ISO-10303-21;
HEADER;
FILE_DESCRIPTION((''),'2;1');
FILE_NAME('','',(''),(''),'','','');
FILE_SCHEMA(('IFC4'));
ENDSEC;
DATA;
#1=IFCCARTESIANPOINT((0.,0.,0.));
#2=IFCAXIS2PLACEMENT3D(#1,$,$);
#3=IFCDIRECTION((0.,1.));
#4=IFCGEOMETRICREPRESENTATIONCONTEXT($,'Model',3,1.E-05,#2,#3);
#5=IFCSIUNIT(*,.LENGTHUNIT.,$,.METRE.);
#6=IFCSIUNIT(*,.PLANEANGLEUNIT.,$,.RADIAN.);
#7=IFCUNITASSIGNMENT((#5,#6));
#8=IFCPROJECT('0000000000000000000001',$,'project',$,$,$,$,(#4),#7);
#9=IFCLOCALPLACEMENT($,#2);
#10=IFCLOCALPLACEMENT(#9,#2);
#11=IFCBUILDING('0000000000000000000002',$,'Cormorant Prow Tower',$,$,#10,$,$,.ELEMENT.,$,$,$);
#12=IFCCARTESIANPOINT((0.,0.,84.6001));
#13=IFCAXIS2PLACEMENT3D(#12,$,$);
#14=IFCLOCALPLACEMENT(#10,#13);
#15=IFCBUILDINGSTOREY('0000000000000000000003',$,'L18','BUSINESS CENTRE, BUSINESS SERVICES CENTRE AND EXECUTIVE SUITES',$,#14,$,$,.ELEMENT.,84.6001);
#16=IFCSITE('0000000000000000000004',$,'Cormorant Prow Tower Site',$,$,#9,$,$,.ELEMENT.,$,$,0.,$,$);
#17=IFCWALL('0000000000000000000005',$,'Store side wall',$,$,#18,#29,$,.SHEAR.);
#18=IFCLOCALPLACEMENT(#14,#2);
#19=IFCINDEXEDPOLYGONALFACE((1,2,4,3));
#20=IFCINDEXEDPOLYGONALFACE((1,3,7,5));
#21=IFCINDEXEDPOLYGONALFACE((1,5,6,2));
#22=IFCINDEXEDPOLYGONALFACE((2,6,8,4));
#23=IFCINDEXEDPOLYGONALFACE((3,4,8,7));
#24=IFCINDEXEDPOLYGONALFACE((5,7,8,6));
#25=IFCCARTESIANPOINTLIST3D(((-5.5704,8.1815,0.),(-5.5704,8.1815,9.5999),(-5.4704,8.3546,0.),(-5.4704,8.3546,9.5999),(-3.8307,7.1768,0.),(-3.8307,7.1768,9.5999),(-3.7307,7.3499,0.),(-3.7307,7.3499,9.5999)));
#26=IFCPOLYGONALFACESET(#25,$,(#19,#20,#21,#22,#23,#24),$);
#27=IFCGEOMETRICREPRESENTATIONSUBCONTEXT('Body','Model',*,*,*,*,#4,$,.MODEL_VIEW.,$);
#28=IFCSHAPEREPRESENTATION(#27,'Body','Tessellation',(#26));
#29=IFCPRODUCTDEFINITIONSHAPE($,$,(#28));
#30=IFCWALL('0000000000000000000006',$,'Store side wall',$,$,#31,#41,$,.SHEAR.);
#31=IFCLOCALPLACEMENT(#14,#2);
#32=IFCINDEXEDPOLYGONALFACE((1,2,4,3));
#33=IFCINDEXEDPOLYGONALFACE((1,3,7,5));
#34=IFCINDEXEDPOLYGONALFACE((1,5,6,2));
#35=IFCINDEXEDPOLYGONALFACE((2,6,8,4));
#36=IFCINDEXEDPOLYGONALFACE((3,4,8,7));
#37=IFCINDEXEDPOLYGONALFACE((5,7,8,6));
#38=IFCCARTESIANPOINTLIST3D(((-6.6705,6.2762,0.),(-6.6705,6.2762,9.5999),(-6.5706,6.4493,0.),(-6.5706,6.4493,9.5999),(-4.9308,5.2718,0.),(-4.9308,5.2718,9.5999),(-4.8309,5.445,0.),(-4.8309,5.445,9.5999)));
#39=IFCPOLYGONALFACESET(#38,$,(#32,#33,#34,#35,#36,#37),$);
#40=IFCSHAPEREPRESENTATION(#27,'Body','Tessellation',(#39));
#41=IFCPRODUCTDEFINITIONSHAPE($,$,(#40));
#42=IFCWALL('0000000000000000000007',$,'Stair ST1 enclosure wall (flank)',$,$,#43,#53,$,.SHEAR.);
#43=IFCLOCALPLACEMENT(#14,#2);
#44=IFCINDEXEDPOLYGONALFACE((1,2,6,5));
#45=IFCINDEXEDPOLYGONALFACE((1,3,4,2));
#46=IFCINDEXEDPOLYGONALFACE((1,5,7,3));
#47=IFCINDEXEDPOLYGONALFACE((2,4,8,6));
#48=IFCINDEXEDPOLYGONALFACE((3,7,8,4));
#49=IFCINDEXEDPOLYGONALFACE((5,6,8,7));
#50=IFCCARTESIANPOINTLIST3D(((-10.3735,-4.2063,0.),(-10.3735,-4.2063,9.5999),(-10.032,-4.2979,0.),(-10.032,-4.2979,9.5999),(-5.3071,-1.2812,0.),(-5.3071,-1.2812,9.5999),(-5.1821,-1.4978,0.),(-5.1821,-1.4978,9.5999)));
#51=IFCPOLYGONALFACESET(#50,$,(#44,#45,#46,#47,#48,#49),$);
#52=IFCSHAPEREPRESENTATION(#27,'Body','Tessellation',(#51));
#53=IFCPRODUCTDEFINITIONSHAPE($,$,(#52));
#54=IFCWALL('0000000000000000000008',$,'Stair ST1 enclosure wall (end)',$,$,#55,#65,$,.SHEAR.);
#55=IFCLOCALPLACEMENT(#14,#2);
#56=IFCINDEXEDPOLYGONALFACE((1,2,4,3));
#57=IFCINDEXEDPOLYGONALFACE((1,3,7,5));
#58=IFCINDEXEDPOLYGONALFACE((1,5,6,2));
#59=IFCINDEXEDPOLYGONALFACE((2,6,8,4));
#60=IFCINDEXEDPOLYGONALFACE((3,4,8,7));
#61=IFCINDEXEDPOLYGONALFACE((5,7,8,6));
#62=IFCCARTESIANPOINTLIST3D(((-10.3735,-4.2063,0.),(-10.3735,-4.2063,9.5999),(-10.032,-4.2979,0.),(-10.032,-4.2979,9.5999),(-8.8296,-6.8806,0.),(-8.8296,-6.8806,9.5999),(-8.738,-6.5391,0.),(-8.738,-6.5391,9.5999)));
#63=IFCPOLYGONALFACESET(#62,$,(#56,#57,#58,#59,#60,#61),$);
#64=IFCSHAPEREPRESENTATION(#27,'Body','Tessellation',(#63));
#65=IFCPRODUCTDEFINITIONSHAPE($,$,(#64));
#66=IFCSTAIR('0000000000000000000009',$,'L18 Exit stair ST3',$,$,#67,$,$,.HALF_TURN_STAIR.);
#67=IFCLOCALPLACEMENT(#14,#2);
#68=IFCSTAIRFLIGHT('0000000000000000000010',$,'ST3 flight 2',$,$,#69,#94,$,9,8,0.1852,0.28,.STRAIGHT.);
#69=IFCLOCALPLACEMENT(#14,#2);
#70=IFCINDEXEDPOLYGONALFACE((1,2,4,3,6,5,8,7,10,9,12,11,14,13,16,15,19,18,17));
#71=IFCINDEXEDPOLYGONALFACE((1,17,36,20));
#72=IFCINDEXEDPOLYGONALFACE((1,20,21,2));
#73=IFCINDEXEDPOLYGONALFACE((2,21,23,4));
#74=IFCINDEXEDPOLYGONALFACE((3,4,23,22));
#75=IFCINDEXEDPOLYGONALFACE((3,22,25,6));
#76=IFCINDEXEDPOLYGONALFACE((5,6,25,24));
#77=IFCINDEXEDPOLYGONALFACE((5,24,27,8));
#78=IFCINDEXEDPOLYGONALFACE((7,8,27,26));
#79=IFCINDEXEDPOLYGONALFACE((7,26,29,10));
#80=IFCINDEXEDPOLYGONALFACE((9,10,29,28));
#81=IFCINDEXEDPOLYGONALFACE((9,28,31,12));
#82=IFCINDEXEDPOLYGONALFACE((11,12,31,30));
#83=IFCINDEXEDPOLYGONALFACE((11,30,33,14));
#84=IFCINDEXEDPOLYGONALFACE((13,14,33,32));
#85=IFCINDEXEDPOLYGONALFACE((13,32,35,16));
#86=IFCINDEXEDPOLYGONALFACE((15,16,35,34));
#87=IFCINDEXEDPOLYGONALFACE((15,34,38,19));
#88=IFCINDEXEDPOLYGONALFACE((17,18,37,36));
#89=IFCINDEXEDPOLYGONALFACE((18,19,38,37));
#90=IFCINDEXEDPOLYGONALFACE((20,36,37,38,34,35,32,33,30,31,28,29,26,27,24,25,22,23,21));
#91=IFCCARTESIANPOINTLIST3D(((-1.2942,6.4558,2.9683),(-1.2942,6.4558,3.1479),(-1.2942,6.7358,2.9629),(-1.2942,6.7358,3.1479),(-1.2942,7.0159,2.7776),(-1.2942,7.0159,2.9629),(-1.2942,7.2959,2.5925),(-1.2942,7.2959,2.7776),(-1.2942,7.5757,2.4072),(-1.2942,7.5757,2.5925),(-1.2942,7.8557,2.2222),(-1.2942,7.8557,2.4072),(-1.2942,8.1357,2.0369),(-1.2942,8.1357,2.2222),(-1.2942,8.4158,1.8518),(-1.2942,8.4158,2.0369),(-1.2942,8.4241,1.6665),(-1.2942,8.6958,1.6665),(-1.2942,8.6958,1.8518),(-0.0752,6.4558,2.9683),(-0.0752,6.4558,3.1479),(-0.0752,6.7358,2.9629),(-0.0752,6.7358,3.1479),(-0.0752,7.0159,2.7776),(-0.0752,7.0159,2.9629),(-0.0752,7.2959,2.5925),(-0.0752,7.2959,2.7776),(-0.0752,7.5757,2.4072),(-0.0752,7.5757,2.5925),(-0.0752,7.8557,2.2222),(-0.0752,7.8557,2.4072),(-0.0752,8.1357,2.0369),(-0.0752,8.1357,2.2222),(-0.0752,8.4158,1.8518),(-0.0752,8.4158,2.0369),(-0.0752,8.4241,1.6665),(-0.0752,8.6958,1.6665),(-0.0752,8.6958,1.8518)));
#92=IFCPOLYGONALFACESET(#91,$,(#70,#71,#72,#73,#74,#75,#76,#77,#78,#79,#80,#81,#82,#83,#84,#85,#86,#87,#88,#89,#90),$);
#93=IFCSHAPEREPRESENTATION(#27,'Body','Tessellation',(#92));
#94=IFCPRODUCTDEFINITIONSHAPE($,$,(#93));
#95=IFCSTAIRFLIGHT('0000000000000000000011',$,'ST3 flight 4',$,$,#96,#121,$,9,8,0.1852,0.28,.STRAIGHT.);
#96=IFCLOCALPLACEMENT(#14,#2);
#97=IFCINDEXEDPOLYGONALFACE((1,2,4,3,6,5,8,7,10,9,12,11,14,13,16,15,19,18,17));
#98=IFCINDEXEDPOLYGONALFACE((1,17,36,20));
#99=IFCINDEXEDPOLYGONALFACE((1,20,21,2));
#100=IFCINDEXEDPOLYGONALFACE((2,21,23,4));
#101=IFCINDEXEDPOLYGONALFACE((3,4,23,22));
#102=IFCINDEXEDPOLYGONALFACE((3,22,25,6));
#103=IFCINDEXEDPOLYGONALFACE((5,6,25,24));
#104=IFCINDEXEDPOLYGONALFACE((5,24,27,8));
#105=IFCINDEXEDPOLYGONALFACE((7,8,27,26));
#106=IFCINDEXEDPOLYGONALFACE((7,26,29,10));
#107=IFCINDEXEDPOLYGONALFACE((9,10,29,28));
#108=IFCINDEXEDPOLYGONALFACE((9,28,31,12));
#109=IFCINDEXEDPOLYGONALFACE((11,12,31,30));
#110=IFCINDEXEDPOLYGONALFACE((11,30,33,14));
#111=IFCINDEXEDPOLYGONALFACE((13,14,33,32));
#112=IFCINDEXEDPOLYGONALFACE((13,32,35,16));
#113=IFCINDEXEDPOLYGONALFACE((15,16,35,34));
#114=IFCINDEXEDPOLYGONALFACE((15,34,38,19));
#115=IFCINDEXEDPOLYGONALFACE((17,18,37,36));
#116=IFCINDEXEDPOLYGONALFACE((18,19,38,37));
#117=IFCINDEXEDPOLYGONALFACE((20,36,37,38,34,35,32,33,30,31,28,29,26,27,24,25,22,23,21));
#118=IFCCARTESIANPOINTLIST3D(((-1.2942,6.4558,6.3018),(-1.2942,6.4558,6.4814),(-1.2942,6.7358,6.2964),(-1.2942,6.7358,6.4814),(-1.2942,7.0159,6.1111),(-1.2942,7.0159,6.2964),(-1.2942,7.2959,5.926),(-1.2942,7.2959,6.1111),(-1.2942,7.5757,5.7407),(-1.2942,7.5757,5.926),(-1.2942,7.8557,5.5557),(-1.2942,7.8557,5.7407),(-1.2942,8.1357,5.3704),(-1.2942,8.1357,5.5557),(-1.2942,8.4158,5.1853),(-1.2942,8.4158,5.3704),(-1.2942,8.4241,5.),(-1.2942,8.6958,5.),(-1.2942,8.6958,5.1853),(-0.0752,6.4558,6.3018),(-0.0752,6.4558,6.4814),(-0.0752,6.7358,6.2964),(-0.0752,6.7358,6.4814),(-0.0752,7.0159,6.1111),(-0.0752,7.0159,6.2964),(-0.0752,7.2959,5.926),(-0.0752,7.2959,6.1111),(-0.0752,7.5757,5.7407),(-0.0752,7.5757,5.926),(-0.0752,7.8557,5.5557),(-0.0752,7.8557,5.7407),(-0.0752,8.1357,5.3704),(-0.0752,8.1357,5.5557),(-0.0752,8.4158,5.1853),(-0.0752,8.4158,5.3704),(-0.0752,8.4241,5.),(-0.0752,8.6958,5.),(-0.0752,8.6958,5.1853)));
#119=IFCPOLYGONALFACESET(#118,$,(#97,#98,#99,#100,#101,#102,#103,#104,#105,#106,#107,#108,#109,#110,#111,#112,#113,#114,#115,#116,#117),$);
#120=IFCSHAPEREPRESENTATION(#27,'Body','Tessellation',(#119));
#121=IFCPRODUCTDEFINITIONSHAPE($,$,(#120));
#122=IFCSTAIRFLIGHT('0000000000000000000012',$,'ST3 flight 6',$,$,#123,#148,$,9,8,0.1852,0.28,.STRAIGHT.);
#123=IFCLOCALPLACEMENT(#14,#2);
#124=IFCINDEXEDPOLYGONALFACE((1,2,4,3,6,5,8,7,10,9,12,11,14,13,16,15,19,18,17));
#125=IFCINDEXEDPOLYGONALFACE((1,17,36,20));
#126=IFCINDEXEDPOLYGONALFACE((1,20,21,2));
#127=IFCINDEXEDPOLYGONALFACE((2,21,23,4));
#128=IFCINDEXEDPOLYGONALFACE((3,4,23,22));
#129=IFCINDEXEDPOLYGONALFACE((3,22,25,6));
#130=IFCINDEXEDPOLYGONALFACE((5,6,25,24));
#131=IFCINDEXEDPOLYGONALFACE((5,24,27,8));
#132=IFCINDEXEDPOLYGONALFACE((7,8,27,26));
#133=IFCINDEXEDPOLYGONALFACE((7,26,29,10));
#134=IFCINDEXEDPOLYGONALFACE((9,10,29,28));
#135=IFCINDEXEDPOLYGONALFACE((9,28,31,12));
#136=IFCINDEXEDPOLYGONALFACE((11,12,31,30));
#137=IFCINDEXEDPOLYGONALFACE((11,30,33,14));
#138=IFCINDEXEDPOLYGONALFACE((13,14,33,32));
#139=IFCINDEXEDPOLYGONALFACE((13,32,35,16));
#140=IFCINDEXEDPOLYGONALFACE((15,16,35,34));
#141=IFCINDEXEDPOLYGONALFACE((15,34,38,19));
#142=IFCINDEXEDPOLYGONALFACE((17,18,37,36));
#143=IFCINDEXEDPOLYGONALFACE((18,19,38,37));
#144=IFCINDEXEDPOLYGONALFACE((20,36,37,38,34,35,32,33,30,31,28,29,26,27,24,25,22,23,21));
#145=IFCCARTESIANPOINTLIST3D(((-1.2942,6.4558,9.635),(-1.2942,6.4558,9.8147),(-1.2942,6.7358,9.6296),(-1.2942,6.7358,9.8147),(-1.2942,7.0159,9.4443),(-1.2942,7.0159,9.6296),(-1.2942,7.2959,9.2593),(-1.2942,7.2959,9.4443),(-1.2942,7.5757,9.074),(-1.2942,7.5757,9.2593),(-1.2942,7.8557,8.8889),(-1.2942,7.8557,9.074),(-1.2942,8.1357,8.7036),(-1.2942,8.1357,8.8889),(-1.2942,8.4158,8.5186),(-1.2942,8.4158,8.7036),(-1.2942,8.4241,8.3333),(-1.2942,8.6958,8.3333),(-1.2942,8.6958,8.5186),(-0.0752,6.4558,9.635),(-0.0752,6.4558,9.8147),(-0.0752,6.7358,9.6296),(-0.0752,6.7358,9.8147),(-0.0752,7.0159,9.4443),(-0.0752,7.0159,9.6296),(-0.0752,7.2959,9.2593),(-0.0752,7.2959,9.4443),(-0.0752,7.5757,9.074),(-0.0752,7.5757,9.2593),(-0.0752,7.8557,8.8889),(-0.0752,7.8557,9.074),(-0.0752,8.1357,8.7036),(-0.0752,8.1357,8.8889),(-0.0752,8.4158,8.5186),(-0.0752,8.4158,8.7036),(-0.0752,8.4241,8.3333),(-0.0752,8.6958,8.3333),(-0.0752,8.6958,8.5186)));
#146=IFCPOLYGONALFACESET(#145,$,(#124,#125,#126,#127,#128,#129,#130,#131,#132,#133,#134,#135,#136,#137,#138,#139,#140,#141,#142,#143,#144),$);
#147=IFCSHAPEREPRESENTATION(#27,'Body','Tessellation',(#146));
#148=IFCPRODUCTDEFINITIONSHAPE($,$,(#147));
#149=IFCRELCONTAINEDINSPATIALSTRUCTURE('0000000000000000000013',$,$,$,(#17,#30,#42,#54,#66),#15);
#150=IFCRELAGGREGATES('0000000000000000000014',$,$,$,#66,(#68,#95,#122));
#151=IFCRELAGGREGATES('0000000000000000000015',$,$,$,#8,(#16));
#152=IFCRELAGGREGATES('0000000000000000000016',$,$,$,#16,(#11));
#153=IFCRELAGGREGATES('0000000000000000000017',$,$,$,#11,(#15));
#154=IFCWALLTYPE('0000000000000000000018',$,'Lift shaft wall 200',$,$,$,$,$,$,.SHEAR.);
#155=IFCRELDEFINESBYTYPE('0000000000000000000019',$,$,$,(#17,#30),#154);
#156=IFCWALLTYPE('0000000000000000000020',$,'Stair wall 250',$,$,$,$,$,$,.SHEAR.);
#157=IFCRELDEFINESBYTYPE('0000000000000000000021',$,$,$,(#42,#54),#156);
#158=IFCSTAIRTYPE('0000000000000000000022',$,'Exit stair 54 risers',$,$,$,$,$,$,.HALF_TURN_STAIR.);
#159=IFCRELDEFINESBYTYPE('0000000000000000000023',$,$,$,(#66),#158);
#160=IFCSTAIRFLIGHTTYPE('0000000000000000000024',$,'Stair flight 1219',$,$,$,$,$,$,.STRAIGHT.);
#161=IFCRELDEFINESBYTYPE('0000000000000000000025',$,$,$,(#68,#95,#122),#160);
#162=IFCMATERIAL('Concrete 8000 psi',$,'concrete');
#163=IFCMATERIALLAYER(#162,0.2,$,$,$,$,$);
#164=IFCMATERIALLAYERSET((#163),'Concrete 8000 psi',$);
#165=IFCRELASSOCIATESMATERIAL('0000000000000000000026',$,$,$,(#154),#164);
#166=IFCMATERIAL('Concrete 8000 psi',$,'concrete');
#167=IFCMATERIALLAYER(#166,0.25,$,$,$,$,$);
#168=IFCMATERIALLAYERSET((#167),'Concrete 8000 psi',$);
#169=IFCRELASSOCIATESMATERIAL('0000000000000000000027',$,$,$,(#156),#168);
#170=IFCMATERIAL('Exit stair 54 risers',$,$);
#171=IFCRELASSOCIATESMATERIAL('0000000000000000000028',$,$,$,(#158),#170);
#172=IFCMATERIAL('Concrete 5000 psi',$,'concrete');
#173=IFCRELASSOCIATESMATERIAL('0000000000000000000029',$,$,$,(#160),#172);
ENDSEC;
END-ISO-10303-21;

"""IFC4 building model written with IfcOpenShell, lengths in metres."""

from ifc_helpers import new_model, si_unit, direction, frame, frame_2d, origin, place, context, subcontext, project, spatial, polyline, rectangle, outline, extrude, material, layer, layer_set, type_object, element, aggregate, save


model = new_model("IFC4")

# Units and contexts
model_context = context("Model", 3, precision=1e-05, world=origin(), true_north=direction((0.0, 1.0)))
body_context = subcontext(model_context, "Body", "Model", "MODEL_VIEW")
ifc_project = project(units=[si_unit("LENGTHUNIT", "METRE"), si_unit("PLANEANGLEUNIT", "RADIAN")], contexts=[model_context])

# Site, building, storey
site_placement = place(None, origin())
site = spatial("IfcSite", under=ifc_project, at=site_placement, Name="Cormorant Prow Tower Site", CompositionType="ELEMENT", RefElevation=0.0)
building_placement = place(site_placement, origin())
building = spatial("IfcBuilding", under=site, at=building_placement, Name="Cormorant Prow Tower", CompositionType="ELEMENT")
storey_placement = place(building_placement, frame((0.0, 0.0, 84.6001)))
storey = spatial("IfcBuildingStorey", under=building, at=storey_placement, Name="L18", Description="BUSINESS CENTRE, BUSINESS SERVICES CENTRE AND EXECUTIVE SUITES", CompositionType="ELEMENT", Elevation=84.6001)

# Walls
ifc_material_1 = material(Name="Concrete 8000 psi", Category="concrete")
ifc_layer_1 = layer(ifc_material_1, 0.2)
ifc_layer_set_1 = layer_set([ifc_layer_1], Name="Concrete 8000 psi")
wall_type_1 = type_object("IfcWallType", Name="Lift shaft wall 200", PredefinedType="SHEAR", material=ifc_layer_set_1)
wall_1_placement = place(storey_placement, frame((-3.7808, 7.2634, 0.0), z_axis=(0.0, 0.0, 1.0), x_axis=(-0.865983, 0.500073, 0.0)))
element("IfcWall", 1, at=wall_1_placement, inside=storey, type_object=wall_type_1, Name="Store side wall", PredefinedType="SHEAR", context=body_context, shape_type="SweptSolid", body=[
    extrude(rectangle(XDim=2.009, YDim=0.2, at=frame_2d((1.0044, 0.0))), origin(), (0.0, 0.0, 1.0), 9.5999),
])
wall_2_placement = place(storey_placement, frame((-4.8809, 5.3584, 0.0), z_axis=(0.0, 0.0, 1.0), x_axis=(-0.866036, 0.499982, 0.0)))
element("IfcWall", 2, at=wall_2_placement, inside=storey, type_object=wall_type_1, Name="Store side wall", PredefinedType="SHEAR", context=body_context, shape_type="SweptSolid", body=[
    extrude(rectangle(XDim=2.0088, YDim=0.2, at=frame_2d((1.0044, 0.0))), origin(), (0.0, 0.0, 1.0), 9.5999),
])
ifc_material_2 = material(Name="Concrete 8000 psi", Category="concrete")
ifc_layer_2 = layer(ifc_material_2, 0.25)
ifc_layer_set_2 = layer_set([ifc_layer_2], Name="Concrete 8000 psi")
wall_type_2 = type_object("IfcWallType", Name="Stair wall 250", PredefinedType="SHEAR", material=ifc_layer_set_2)
wall_3_placement = place(storey_placement, origin())
element("IfcWall", 3, at=wall_3_placement, inside=storey, type_object=wall_type_2, Name="Stair ST1 enclosure wall (flank)", PredefinedType="SHEAR", context=body_context, shape_type="SweptSolid", body=[
    extrude(outline(polyline([(-5.3071, -1.2812), (-10.3735, -4.2063), (-10.032, -4.2979), (-5.1821, -1.4978), (-5.3071, -1.2812)])), origin(), (0.0, 0.0, 1.0), 9.5999),
])
wall_4_placement = place(storey_placement, origin())
element("IfcWall", 4, at=wall_4_placement, inside=storey, type_object=wall_type_2, Name="Stair ST1 enclosure wall (end)", PredefinedType="SHEAR", context=body_context, shape_type="SweptSolid", body=[
    extrude(outline(polyline([(-10.3735, -4.2063), (-8.8296, -6.8806), (-8.738, -6.5391), (-10.032, -4.2979), (-10.3735, -4.2063)])), origin(), (0.0, 0.0, 1.0), 9.5999),
])

# Stair, stair flights
ifc_material_3 = material(Name="Exit stair 54 risers")
stair_type = type_object("IfcStairType", Name="Exit stair 54 risers", PredefinedType="HALF_TURN_STAIR", material=ifc_material_3)
stair_placement = place(storey_placement, origin())
stair = element("IfcStair", 5, at=stair_placement, inside=storey, type_object=stair_type, Name="L18 Exit stair ST3", PredefinedType="HALF_TURN_STAIR")
ifc_material_4 = material(Name="Concrete 5000 psi", Category="concrete")
stair_flight_type = type_object("IfcStairFlightType", Name="Stair flight 1219", PredefinedType="STRAIGHT", material=ifc_material_4)
stair_flight_1_placement = place(storey_placement, frame((-0.6846, 8.6958, 1.6665), z_axis=(0.0, 0.0, 1.0), x_axis=(0.0, -1.0, 0.0)))
stair_flight_1 = element("IfcStairFlight", 6, at=stair_flight_1_placement, type_object=stair_flight_type, Name="ST3 flight 2", NumberOfRisers=9, NumberOfTreads=8, PredefinedType="STRAIGHT", RiserHeight=0.1852, TreadLength=0.28, context=body_context, shape_type="SweptSolid", body=[
    extrude(outline(polyline([(0.0, 0.0), (0.0, 0.1853), (0.28, 0.1853), (0.28, 0.3704), (0.5601, 0.3704), (0.5601, 0.5557), (0.8401, 0.5557), (0.8401, 0.7407), (1.1201, 0.7407), (1.1201, 0.926), (1.3999, 0.926), (1.3999, 1.1111), (1.6799, 1.1111), (1.6799, 1.2964), (1.96, 1.2964), (1.96, 1.4814), (2.24, 1.4814), (2.24, 1.6667), (2.24, 1.3018), (0.2717, 0.0), (0.0, 0.0)])), frame((0.0, 0.6094, 0.0), z_axis=(0.0, -1.0, 0.0), x_axis=(1.0, 0.0, 0.0)), (0.0, 0.0, 1.0), 1.219),
])
stair_flight_2_placement = place(storey_placement, frame((-0.6846, 8.6958, 5.0), z_axis=(0.0, 0.0, 1.0), x_axis=(0.0, -1.0, 0.0)))
stair_flight_2 = element("IfcStairFlight", 7, at=stair_flight_2_placement, type_object=stair_flight_type, Name="ST3 flight 4", NumberOfRisers=9, NumberOfTreads=8, PredefinedType="STRAIGHT", RiserHeight=0.1852, TreadLength=0.28, context=body_context, shape_type="SweptSolid", body=[
    extrude(outline(polyline([(0.0, 0.0), (0.0, 0.1853), (0.28, 0.1853), (0.28, 0.3704), (0.5601, 0.3704), (0.5601, 0.5557), (0.8401, 0.5557), (0.8401, 0.7407), (1.1201, 0.7407), (1.1201, 0.926), (1.3999, 0.926), (1.3999, 1.1111), (1.6799, 1.1111), (1.6799, 1.2964), (1.96, 1.2964), (1.96, 1.4814), (2.24, 1.4814), (2.24, 1.6667), (2.24, 1.3018), (0.2717, 0.0), (0.0, 0.0)])), frame((0.0, 0.6094, 0.0), z_axis=(0.0, -1.0, 0.0), x_axis=(1.0, 0.0, 0.0)), (0.0, 0.0, 1.0), 1.219),
])
stair_flight_3_placement = place(storey_placement, frame((-0.6846, 8.6958, 8.3333), z_axis=(0.0, 0.0, 1.0), x_axis=(0.0, -1.0, 0.0)))
stair_flight_3 = element("IfcStairFlight", 8, at=stair_flight_3_placement, type_object=stair_flight_type, Name="ST3 flight 6", NumberOfRisers=9, NumberOfTreads=8, PredefinedType="STRAIGHT", RiserHeight=0.1852, TreadLength=0.28, context=body_context, shape_type="SweptSolid", body=[
    extrude(outline(polyline([(0.0, 0.0), (0.0, 0.1853), (0.28, 0.1853), (0.28, 0.3704), (0.5601, 0.3704), (0.5601, 0.5557), (0.8401, 0.5557), (0.8401, 0.7407), (1.1201, 0.7407), (1.1201, 0.926), (1.3999, 0.926), (1.3999, 1.1111), (1.6799, 1.1111), (1.6799, 1.2964), (1.96, 1.2964), (1.96, 1.4814), (2.24, 1.4814), (2.24, 1.6667), (2.24, 1.3018), (0.2717, 0.0), (0.0, 0.0)])), frame((0.0, 0.6094, 0.0), z_axis=(0.0, -1.0, 0.0), x_axis=(1.0, 0.0, 0.0)), (0.0, 0.0, 1.0), 1.219),
])
aggregate(stair, [stair_flight_1, stair_flight_2, stair_flight_3])

save(model, "model.ifc")
